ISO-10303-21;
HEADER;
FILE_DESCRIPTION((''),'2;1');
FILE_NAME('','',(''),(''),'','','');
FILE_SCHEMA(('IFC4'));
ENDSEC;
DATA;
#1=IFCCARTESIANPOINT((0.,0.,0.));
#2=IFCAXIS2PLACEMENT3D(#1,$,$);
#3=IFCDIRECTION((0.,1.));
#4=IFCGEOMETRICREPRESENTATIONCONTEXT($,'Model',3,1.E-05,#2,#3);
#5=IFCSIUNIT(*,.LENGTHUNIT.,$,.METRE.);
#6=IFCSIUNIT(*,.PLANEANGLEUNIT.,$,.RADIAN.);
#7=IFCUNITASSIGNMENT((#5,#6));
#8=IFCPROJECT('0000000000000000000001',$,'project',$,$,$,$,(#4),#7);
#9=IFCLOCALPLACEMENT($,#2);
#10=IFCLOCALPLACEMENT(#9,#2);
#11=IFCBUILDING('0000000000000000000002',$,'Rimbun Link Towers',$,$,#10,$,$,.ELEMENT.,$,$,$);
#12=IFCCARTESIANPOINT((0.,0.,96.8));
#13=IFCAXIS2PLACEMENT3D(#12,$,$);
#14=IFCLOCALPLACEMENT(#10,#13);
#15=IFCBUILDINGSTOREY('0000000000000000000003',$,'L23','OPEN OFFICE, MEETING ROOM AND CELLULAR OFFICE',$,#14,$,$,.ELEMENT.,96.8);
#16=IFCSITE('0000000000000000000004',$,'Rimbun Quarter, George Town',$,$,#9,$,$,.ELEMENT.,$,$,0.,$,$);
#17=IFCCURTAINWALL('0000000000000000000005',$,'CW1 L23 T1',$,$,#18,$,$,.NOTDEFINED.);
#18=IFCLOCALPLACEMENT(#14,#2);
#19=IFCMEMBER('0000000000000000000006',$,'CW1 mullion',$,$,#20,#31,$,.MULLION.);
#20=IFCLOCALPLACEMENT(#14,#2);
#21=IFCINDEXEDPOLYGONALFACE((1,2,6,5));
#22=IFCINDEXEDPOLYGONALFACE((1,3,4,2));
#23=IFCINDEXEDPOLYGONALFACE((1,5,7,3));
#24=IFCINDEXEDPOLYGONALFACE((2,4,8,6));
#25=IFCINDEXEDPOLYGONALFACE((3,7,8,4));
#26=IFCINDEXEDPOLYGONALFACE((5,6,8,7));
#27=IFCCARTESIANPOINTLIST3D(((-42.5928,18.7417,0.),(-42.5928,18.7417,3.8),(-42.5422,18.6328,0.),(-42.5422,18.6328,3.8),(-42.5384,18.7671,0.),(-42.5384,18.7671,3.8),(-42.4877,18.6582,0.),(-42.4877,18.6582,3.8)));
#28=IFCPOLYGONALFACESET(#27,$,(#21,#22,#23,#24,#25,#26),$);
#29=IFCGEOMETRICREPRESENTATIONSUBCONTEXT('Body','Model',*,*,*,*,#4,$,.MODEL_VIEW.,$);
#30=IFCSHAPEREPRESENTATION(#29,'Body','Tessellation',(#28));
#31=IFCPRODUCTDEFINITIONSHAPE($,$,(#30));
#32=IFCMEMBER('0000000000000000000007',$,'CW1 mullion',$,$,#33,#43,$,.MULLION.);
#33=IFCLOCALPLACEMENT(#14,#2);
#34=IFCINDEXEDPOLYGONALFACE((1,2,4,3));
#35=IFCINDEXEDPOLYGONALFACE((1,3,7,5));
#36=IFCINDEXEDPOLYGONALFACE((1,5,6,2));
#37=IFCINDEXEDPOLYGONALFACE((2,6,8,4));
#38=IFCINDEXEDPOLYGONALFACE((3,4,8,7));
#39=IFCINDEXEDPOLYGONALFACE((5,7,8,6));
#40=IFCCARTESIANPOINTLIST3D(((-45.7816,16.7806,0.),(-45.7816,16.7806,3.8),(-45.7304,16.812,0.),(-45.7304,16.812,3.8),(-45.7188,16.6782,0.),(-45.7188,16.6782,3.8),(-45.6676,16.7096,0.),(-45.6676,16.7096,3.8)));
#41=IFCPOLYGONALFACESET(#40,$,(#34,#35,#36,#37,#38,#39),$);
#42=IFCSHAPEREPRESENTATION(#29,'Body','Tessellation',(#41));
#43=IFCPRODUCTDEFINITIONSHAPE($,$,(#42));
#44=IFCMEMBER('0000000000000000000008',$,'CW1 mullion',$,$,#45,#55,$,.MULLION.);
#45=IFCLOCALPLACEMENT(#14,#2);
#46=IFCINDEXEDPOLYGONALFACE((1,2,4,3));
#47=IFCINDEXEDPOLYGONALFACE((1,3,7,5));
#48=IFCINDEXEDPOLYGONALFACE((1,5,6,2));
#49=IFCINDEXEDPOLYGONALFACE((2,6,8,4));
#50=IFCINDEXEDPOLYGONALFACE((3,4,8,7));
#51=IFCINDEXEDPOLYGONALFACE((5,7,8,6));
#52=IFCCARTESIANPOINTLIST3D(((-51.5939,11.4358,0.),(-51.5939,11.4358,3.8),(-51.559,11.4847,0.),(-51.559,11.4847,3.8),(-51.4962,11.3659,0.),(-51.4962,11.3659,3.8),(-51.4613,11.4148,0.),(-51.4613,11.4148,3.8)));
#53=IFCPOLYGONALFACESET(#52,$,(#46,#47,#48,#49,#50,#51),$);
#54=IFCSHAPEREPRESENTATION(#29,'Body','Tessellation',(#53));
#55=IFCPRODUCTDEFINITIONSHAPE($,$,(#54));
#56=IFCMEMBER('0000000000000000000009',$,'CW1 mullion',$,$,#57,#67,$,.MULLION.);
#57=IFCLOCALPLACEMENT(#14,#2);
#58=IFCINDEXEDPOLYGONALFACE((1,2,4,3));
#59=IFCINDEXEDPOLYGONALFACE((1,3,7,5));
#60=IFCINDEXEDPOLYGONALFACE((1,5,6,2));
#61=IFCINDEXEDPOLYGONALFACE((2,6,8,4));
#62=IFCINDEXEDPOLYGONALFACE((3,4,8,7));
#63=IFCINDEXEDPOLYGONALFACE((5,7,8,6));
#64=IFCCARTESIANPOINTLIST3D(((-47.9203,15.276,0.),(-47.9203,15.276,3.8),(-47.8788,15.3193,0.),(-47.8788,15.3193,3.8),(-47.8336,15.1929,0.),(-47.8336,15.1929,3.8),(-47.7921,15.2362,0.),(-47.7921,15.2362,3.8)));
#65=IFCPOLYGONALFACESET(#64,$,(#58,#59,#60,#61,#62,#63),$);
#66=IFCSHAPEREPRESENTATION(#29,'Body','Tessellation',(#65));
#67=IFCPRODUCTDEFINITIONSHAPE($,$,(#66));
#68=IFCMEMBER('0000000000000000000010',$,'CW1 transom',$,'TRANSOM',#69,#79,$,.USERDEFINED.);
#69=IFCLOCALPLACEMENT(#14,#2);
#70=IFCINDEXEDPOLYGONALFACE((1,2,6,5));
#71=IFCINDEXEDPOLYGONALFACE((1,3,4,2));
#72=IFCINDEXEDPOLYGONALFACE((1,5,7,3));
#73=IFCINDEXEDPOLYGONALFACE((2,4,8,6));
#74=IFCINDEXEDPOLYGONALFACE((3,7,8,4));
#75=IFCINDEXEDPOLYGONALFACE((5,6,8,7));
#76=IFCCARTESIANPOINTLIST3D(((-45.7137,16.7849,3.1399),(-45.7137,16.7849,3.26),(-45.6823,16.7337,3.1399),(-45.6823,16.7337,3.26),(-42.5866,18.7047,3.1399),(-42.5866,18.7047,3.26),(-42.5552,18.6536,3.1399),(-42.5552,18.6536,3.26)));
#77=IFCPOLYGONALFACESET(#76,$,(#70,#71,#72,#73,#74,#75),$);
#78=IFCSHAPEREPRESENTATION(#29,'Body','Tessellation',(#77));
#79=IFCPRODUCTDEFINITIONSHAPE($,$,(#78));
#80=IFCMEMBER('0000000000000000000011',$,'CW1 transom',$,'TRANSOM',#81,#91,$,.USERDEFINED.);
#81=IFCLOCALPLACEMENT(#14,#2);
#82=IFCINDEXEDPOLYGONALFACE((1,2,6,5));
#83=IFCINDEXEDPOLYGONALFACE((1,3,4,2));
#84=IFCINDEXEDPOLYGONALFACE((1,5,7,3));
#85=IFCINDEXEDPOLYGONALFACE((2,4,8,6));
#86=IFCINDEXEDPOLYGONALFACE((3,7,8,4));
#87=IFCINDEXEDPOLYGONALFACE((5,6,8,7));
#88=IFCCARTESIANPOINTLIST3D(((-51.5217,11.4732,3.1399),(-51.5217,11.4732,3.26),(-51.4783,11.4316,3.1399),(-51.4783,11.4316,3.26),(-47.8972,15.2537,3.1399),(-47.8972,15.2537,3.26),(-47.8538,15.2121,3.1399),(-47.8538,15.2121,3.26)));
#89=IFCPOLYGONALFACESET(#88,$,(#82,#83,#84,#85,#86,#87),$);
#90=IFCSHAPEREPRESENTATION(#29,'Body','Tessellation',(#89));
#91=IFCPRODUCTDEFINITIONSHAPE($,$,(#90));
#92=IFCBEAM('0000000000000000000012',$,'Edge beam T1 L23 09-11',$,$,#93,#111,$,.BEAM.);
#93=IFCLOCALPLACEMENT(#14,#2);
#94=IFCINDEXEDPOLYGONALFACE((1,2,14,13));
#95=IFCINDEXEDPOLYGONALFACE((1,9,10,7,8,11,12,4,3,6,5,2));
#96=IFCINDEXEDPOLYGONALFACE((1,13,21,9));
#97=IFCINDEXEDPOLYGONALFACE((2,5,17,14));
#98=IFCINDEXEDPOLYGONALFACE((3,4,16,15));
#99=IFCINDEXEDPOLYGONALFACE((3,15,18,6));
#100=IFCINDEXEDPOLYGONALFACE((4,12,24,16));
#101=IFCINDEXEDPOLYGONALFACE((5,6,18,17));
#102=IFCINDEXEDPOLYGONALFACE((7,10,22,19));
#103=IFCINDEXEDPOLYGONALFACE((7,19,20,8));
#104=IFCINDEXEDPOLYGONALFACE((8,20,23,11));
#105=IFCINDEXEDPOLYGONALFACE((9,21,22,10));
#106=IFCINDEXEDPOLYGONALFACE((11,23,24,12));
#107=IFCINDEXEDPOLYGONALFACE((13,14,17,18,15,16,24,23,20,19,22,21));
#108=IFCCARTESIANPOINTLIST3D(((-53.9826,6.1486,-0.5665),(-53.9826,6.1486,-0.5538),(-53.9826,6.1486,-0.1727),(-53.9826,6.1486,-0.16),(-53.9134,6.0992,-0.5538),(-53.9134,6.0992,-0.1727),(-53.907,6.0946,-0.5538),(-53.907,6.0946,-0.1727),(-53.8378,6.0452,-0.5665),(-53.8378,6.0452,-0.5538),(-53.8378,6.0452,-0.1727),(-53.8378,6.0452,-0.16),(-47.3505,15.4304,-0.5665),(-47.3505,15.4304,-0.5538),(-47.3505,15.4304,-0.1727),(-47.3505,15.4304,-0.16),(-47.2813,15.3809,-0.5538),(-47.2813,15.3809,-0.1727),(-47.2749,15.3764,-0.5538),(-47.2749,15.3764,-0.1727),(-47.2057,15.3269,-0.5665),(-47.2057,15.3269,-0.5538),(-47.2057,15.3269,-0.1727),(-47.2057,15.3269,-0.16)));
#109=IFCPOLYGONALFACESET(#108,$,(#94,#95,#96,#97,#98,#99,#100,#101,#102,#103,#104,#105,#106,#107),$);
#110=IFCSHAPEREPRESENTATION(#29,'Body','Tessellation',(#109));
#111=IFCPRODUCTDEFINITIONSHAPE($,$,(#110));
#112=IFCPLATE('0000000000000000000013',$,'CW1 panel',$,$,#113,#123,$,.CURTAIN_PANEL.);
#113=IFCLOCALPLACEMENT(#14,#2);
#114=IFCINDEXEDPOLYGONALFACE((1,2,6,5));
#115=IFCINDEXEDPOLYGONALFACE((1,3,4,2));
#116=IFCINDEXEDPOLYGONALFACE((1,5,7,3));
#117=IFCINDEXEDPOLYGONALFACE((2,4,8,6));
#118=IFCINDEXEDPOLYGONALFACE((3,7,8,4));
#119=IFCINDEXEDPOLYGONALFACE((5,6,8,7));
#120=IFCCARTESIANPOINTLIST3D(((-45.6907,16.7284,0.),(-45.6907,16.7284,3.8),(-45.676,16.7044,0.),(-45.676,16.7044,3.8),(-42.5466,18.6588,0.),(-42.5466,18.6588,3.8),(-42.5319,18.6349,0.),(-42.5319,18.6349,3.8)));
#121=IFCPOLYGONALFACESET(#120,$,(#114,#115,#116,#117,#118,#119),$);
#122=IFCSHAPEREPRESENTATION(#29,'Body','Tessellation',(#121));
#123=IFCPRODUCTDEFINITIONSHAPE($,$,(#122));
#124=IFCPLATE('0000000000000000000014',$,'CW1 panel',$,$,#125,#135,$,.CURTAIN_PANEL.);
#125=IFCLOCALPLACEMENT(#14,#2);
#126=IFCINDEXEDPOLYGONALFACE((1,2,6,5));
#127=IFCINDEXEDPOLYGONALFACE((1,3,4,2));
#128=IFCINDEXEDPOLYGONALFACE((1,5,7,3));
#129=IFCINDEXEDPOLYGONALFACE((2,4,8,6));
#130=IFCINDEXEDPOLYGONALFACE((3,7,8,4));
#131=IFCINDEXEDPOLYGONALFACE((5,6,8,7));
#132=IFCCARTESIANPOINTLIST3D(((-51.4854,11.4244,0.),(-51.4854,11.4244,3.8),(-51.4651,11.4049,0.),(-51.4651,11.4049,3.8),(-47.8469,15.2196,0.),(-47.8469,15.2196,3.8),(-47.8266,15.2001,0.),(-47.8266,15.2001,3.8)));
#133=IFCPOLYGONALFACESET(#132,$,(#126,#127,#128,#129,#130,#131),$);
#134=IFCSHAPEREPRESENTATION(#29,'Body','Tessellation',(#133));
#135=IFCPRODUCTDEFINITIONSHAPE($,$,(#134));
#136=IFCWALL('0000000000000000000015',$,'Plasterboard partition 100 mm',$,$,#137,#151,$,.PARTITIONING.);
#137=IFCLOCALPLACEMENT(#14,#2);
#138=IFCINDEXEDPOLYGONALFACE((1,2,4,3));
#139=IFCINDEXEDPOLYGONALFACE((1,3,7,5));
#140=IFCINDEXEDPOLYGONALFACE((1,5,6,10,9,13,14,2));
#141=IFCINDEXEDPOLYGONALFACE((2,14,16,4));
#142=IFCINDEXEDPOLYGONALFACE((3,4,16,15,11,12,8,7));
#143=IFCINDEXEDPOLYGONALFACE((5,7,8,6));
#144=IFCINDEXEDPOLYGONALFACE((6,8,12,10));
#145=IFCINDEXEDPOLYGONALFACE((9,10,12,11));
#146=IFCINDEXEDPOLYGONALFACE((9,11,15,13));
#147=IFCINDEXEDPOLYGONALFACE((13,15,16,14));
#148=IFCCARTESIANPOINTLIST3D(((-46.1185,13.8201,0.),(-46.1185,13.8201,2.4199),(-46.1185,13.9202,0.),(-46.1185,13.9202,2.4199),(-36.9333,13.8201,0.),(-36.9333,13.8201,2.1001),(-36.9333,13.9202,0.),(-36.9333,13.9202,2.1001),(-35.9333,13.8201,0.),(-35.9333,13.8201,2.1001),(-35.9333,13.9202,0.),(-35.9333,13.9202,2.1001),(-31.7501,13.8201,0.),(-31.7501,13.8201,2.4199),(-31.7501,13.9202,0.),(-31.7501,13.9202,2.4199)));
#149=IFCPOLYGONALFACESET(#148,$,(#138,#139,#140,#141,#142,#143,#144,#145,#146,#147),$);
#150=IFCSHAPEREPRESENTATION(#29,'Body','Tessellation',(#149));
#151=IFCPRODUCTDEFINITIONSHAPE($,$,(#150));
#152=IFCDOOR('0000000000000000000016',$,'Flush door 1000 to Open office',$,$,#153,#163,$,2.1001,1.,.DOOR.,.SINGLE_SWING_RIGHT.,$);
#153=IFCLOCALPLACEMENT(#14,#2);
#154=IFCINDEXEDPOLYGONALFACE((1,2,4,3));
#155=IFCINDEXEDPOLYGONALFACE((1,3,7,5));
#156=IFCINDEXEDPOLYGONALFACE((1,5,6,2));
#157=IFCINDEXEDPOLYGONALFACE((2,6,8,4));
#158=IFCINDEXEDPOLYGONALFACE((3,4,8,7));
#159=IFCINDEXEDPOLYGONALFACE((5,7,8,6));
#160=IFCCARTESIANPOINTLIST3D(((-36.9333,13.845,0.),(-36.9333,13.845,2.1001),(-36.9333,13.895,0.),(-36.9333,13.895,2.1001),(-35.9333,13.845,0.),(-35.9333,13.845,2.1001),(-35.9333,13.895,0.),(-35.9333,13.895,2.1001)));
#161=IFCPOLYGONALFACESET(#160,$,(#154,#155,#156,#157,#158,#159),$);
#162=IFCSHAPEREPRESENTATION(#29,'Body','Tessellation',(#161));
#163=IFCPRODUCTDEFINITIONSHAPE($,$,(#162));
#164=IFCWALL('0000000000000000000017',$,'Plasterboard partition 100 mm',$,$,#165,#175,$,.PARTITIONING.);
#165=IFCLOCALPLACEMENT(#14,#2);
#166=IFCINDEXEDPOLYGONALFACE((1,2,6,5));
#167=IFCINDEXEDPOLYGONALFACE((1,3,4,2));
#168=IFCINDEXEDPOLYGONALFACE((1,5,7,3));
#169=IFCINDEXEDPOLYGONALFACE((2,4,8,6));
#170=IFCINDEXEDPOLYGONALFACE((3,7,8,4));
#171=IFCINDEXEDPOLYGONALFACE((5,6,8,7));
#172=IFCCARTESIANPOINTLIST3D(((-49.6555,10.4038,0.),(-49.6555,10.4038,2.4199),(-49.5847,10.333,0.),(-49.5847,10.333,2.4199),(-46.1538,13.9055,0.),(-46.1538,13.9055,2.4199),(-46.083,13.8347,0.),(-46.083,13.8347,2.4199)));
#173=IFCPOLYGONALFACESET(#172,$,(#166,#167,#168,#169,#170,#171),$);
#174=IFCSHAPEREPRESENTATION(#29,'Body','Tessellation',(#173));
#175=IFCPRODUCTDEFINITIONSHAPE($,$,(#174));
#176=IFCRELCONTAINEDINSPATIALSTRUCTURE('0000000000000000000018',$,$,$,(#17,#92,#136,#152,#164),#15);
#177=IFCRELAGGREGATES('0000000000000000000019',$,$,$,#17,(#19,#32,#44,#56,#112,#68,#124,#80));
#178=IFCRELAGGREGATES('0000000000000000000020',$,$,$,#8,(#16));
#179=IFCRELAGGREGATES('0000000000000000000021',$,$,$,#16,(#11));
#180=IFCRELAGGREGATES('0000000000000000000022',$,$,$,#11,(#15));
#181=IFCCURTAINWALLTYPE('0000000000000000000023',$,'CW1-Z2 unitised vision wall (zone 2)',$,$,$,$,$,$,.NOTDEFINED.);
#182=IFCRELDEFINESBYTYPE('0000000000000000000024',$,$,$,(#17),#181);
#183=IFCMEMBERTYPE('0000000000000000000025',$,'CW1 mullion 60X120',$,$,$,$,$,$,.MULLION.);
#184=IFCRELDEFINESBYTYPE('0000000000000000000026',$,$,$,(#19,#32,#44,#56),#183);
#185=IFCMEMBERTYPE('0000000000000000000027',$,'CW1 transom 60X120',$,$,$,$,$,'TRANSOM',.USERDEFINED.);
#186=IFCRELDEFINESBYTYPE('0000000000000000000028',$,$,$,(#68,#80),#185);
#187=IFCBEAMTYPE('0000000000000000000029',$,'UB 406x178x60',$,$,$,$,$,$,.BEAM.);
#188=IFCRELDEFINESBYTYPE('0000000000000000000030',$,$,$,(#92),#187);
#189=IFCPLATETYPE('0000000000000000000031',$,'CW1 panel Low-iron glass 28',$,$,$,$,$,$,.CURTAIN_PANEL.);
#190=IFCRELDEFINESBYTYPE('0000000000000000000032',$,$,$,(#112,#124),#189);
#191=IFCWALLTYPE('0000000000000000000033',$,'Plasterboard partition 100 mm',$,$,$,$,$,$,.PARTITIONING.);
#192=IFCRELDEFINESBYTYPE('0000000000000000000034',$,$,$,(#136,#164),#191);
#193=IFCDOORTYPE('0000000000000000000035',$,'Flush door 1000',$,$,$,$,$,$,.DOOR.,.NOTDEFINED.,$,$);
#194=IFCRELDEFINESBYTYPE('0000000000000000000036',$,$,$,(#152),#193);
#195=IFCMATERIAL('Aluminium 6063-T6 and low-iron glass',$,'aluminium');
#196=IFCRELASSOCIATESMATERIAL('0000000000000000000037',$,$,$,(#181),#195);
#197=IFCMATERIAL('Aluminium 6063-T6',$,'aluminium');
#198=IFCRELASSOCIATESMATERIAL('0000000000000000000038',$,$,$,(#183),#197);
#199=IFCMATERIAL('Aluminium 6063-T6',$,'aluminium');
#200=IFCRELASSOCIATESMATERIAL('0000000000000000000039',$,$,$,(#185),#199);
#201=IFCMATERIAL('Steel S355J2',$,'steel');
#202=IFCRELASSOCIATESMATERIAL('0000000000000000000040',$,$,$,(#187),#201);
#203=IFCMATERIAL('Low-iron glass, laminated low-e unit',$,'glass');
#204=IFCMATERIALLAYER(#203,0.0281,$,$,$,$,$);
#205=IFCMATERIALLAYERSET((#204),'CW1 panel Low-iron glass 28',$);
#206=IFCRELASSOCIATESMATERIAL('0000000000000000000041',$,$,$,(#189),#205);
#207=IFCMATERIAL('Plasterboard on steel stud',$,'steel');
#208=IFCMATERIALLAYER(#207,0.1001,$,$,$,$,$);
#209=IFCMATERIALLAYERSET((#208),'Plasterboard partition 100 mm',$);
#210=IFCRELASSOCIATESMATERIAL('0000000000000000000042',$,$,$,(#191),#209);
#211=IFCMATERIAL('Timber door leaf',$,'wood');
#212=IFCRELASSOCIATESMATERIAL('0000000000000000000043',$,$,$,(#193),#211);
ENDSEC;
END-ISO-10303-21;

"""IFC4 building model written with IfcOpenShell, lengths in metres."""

from ifc_helpers import new_model, si_unit, direction, frame, frame_2d, origin, origin_2d, place, context, subcontext, project, spatial, rectangle, i_section, extrude, material, layer, layer_set, material_profile, profile_set, type_object, element, fill, aggregate, save


model = new_model("IFC4")

# Units and contexts
model_context = context("Model", 3, precision=1e-05, world=origin(), true_north=direction((0.0, 1.0)))
body_context = subcontext(model_context, "Body", "Model", "MODEL_VIEW")
ifc_project = project(units=[si_unit("LENGTHUNIT", "METRE"), si_unit("PLANEANGLEUNIT", "RADIAN")], contexts=[model_context])

# Site, building, storey
site_placement = place(None, origin())
site = spatial("IfcSite", under=ifc_project, at=site_placement, Name="Rimbun Quarter, George Town", CompositionType="ELEMENT", RefElevation=0.0)
building_placement = place(site_placement, origin())
building = spatial("IfcBuilding", under=site, at=building_placement, Name="Rimbun Link Towers", CompositionType="ELEMENT")
storey_placement = place(building_placement, frame((0.0, 0.0, 96.8)))
storey = spatial("IfcBuildingStorey", under=building, at=storey_placement, Name="L23", Description="OPEN OFFICE, MEETING ROOM AND CELLULAR OFFICE", CompositionType="ELEMENT", Elevation=96.8)

# Curtain wall, members
ifc_material_1 = material(Name="Aluminium 6063-T6 and low-iron glass", Category="aluminium")
curtain_wall_type = type_object("IfcCurtainWallType", Name="CW1-Z2 unitised vision wall (zone 2)", PredefinedType="NOTDEFINED", material=ifc_material_1)
curtain_wall_placement = place(storey_placement, origin())
curtain_wall = element("IfcCurtainWall", 1, at=curtain_wall_placement, inside=storey, type_object=curtain_wall_type, Name="CW1 L23 T1", PredefinedType="NOTDEFINED")
ifc_material_2 = material(Name="Aluminium 6063-T6", Category="aluminium")
ifc_material_profile_1 = material_profile(ifc_material_2, rectangle(XDim=0.1201, YDim=0.0601, at=origin_2d()), Name="MULLION 60X120")
ifc_profile_set_1 = profile_set([ifc_material_profile_1], Name="Aluminium 6063-T6")
member_type_1 = type_object("IfcMemberType", Name="CW1 mullion 60X120", PredefinedType="MULLION", material=ifc_profile_set_1)
member_1_placement = place(storey_placement, frame((-42.5403, 18.7, 0.0), z_axis=(0.0, 0.0, 1.0), x_axis=(-0.421699, 0.906736, 0.0)))
member_1 = element("IfcMember", 2, at=member_1_placement, type_object=member_type_1, Name="CW1 mullion", PredefinedType="MULLION", context=body_context, shape_type="SweptSolid", body=[
    extrude(rectangle(XDim=0.1201, YDim=0.0601, at=origin_2d()), origin(), (0.0, 0.0, 1.0), 3.8),
])
member_2_placement = place(storey_placement, frame((-45.7246, 16.7451, 0.0), z_axis=(0.0, 0.0, 1.0), x_axis=(-0.523239, 0.852186, 0.0)))
member_2 = element("IfcMember", 3, at=member_2_placement, type_object=member_type_1, Name="CW1 mullion", PredefinedType="MULLION", context=body_context, shape_type="SweptSolid", body=[
    extrude(rectangle(XDim=0.1201, YDim=0.0601, at=origin_2d()), origin(), (0.0, 0.0, 1.0), 3.8),
])
member_3_placement = place(storey_placement, frame((-51.5276, 11.4253, 0.0), z_axis=(0.0, 0.0, 1.0), x_axis=(-0.813351, 0.581773, 0.0)))
member_3 = element("IfcMember", 4, at=member_3_placement, type_object=member_type_1, Name="CW1 mullion", PredefinedType="MULLION", context=body_context, shape_type="SweptSolid", body=[
    extrude(rectangle(XDim=0.1201, YDim=0.0601, at=origin_2d()), origin(), (0.0, 0.0, 1.0), 3.8),
])
member_4_placement = place(storey_placement, frame((-47.8562, 15.2561, 0.0), z_axis=(0.0, 0.0, 1.0), x_axis=(-0.721854, 0.692045, 0.0)))
member_4 = element("IfcMember", 5, at=member_4_placement, type_object=member_type_1, Name="CW1 mullion", PredefinedType="MULLION", context=body_context, shape_type="SweptSolid", body=[
    extrude(rectangle(XDim=0.1201, YDim=0.0601, at=origin_2d()), origin(), (0.0, 0.0, 1.0), 3.8),
])
ifc_material_3 = material(Name="Aluminium 6063-T6", Category="aluminium")
ifc_material_profile_2 = material_profile(ifc_material_3, rectangle(XDim=0.0601, YDim=0.1201, at=origin_2d()), Name="TRANSOM 60X120")
ifc_profile_set_2 = profile_set([ifc_material_profile_2], Name="Aluminium 6063-T6")
member_type_2 = type_object("IfcMemberType", Name="CW1 transom 60X120", ElementType="TRANSOM", PredefinedType="USERDEFINED", material=ifc_profile_set_2)
member_5_placement = place(storey_placement, frame((-45.698, 16.7593, 3.2), z_axis=(0.852206, 0.523206, 0.0), x_axis=(-0.523206, 0.852206, 0.0)))
member_5 = element("IfcMember", 6, at=member_5_placement, type_object=member_type_2, Name="CW1 transom", ObjectType="TRANSOM", PredefinedType="USERDEFINED", context=body_context, shape_type="SweptSolid", body=[
    extrude(rectangle(XDim=0.0601, YDim=0.1201, at=origin_2d()), origin(), (0.0, 0.0, 1.0), 3.6694),
])
member_6_placement = place(storey_placement, frame((-51.5, 11.4524, 3.2), z_axis=(0.692056, 0.721844, 0.0), x_axis=(-0.721844, 0.692056, 0.0)))
member_6 = element("IfcMember", 7, at=member_6_placement, type_object=member_type_2, Name="CW1 transom", ObjectType="TRANSOM", PredefinedType="USERDEFINED", context=body_context, shape_type="SweptSolid", body=[
    extrude(rectangle(XDim=0.0601, YDim=0.1201, at=origin_2d()), origin(), (0.0, 0.0, 1.0), 5.2373),
])

# Beam
ifc_material_4 = material(Name="Steel S355J2", Category="steel")
ifc_material_profile_3 = material_profile(ifc_material_4, i_section(OverallWidth=0.178, OverallDepth=0.4065, WebThickness=0.0078, FlangeThickness=0.0127, at=origin_2d()), Name="UB 406x178x60")
ifc_profile_set_3 = profile_set([ifc_material_profile_3], Name="Steel S355J2")
beam_type = type_object("IfcBeamType", Name="UB 406x178x60", PredefinedType="BEAM", material=ifc_profile_set_3)
beam_placement = place(storey_placement, frame((-47.2781, 15.3787, -0.3633), z_axis=(-0.58137, -0.813639, 0.0), x_axis=(0.813639, -0.58137, 0.0)))
element("IfcBeam", 8, at=beam_placement, inside=storey, type_object=beam_type, Name="Edge beam T1 L23 09-11", PredefinedType="BEAM", context=body_context, shape_type="SweptSolid", body=[
    extrude(i_section(OverallWidth=0.178, OverallDepth=0.4065, WebThickness=0.0078, FlangeThickness=0.0127, at=origin_2d()), origin(), (0.0, 0.0, 1.0), 11.4077),
])

# Plates
ifc_material_5 = material(Name="Low-iron glass, laminated low-e unit", Category="glass")
ifc_layer_1 = layer(ifc_material_5, 0.0281)
ifc_layer_set_1 = layer_set([ifc_layer_1], Name="CW1 panel Low-iron glass 28")
plate_type = type_object("IfcPlateType", Name="CW1 panel Low-iron glass 28", PredefinedType="CURTAIN_PANEL", material=ifc_layer_set_1)
plate_1_placement = place(storey_placement, frame((-44.1113, 17.6816, 0.0), z_axis=(0.0, 0.0, 1.0), x_axis=(0.852186, 0.523239, 0.0)))
plate_1 = element("IfcPlate", 9, at=plate_1_placement, type_object=plate_type, Name="CW1 panel", PredefinedType="CURTAIN_PANEL", context=body_context, shape_type="SweptSolid", body=[
    extrude(rectangle(XDim=3.6895, YDim=0.0281, at=origin_2d()), origin(), (0.0, 0.0, 1.0), 3.8),
])
plate_2_placement = place(storey_placement, frame((-49.656, 13.3123, 0.0), z_axis=(0.0, 0.0, 1.0), x_axis=(0.692045, 0.721854, 0.0)))
plate_2 = element("IfcPlate", 10, at=plate_2_placement, type_object=plate_type, Name="CW1 panel", PredefinedType="CURTAIN_PANEL", context=body_context, shape_type="SweptSolid", body=[
    extrude(rectangle(XDim=5.2576, YDim=0.0281, at=origin_2d()), origin(), (0.0, 0.0, 1.0), 3.8),
])
aggregate(curtain_wall, [member_1, member_2, member_3, member_4, plate_1, member_5, plate_2, member_6])

# Wall, opening, door
ifc_material_6 = material(Name="Plasterboard on steel stud", Category="steel")
ifc_layer_2 = layer(ifc_material_6, 0.1001)
ifc_layer_set_2 = layer_set([ifc_layer_2], Name="Plasterboard partition 100 mm")
wall_type = type_object("IfcWallType", Name="Plasterboard partition 100 mm", PredefinedType="PARTITIONING", material=ifc_layer_set_2)
wall_1_placement = place(storey_placement, frame((-46.1184, 13.8701, 0.0), z_axis=(0.0, 0.0, 1.0), x_axis=(1.0, 0.0, 0.0)))
wall_1 = element("IfcWall", 11, at=wall_1_placement, inside=storey, type_object=wall_type, Name="Plasterboard partition 100 mm", PredefinedType="PARTITIONING", context=body_context, shape_type="SweptSolid", body=[
    extrude(rectangle(XDim=14.3684, YDim=0.1001, at=frame_2d((7.1841, 0.0))), origin(), (0.0, 0.0, 1.0), 2.4199),
])
opening_placement = place(wall_1_placement, frame((9.1851, 0.0, 0.0)))
opening = element("IfcOpeningElement", 12, at=opening_placement, cuts=wall_1, PredefinedType="OPENING", context=body_context, shape_type="SweptSolid", body=[
    extrude(rectangle(XDim=1.0, YDim=2.1001, at=frame_2d((0.5, 1.05))), frame((0.0, 0.0601, 0.0), z_axis=(0.0, -1.0, 0.0), x_axis=(1.0, 0.0, 0.0)), (0.0, 0.0, 1.0), 0.1201),
])
ifc_material_7 = material(Name="Timber door leaf", Category="wood")
door_type = type_object("IfcDoorType", Name="Flush door 1000", OperationType="NOTDEFINED", PredefinedType="DOOR", material=ifc_material_7)
door_placement = place(opening_placement, origin())
door = element("IfcDoor", 13, at=door_placement, inside=storey, type_object=door_type, Name="Flush door 1000 to Open office", OperationType="SINGLE_SWING_RIGHT", OverallHeight=2.1001, OverallWidth=1.0, PredefinedType="DOOR", context=body_context, shape_type="SweptSolid", body=[
    extrude(rectangle(XDim=1.0, YDim=2.1001, at=frame_2d((0.5, 1.05))), frame((0.0, 0.0249, 0.0), z_axis=(0.0, -1.0, 0.0), x_axis=(1.0, 0.0, 0.0)), (0.0, 0.0, 1.0), 0.05),
])
fill(opening, door)

# Wall
wall_2_placement = place(storey_placement, frame((-46.1184, 13.8701, 0.0), z_axis=(0.0, 0.0, 1.0), x_axis=(-0.707107, -0.707107, 0.0)))
element("IfcWall", 14, at=wall_2_placement, inside=storey, type_object=wall_type, Name="Plasterboard partition 100 mm", PredefinedType="PARTITIONING", context=body_context, shape_type="SweptSolid", body=[
    extrude(rectangle(XDim=4.9521, YDim=0.1001, at=frame_2d((2.4761, 0.0))), origin(), (0.0, 0.0, 1.0), 2.4199),
])

save(model, "model.ifc")
